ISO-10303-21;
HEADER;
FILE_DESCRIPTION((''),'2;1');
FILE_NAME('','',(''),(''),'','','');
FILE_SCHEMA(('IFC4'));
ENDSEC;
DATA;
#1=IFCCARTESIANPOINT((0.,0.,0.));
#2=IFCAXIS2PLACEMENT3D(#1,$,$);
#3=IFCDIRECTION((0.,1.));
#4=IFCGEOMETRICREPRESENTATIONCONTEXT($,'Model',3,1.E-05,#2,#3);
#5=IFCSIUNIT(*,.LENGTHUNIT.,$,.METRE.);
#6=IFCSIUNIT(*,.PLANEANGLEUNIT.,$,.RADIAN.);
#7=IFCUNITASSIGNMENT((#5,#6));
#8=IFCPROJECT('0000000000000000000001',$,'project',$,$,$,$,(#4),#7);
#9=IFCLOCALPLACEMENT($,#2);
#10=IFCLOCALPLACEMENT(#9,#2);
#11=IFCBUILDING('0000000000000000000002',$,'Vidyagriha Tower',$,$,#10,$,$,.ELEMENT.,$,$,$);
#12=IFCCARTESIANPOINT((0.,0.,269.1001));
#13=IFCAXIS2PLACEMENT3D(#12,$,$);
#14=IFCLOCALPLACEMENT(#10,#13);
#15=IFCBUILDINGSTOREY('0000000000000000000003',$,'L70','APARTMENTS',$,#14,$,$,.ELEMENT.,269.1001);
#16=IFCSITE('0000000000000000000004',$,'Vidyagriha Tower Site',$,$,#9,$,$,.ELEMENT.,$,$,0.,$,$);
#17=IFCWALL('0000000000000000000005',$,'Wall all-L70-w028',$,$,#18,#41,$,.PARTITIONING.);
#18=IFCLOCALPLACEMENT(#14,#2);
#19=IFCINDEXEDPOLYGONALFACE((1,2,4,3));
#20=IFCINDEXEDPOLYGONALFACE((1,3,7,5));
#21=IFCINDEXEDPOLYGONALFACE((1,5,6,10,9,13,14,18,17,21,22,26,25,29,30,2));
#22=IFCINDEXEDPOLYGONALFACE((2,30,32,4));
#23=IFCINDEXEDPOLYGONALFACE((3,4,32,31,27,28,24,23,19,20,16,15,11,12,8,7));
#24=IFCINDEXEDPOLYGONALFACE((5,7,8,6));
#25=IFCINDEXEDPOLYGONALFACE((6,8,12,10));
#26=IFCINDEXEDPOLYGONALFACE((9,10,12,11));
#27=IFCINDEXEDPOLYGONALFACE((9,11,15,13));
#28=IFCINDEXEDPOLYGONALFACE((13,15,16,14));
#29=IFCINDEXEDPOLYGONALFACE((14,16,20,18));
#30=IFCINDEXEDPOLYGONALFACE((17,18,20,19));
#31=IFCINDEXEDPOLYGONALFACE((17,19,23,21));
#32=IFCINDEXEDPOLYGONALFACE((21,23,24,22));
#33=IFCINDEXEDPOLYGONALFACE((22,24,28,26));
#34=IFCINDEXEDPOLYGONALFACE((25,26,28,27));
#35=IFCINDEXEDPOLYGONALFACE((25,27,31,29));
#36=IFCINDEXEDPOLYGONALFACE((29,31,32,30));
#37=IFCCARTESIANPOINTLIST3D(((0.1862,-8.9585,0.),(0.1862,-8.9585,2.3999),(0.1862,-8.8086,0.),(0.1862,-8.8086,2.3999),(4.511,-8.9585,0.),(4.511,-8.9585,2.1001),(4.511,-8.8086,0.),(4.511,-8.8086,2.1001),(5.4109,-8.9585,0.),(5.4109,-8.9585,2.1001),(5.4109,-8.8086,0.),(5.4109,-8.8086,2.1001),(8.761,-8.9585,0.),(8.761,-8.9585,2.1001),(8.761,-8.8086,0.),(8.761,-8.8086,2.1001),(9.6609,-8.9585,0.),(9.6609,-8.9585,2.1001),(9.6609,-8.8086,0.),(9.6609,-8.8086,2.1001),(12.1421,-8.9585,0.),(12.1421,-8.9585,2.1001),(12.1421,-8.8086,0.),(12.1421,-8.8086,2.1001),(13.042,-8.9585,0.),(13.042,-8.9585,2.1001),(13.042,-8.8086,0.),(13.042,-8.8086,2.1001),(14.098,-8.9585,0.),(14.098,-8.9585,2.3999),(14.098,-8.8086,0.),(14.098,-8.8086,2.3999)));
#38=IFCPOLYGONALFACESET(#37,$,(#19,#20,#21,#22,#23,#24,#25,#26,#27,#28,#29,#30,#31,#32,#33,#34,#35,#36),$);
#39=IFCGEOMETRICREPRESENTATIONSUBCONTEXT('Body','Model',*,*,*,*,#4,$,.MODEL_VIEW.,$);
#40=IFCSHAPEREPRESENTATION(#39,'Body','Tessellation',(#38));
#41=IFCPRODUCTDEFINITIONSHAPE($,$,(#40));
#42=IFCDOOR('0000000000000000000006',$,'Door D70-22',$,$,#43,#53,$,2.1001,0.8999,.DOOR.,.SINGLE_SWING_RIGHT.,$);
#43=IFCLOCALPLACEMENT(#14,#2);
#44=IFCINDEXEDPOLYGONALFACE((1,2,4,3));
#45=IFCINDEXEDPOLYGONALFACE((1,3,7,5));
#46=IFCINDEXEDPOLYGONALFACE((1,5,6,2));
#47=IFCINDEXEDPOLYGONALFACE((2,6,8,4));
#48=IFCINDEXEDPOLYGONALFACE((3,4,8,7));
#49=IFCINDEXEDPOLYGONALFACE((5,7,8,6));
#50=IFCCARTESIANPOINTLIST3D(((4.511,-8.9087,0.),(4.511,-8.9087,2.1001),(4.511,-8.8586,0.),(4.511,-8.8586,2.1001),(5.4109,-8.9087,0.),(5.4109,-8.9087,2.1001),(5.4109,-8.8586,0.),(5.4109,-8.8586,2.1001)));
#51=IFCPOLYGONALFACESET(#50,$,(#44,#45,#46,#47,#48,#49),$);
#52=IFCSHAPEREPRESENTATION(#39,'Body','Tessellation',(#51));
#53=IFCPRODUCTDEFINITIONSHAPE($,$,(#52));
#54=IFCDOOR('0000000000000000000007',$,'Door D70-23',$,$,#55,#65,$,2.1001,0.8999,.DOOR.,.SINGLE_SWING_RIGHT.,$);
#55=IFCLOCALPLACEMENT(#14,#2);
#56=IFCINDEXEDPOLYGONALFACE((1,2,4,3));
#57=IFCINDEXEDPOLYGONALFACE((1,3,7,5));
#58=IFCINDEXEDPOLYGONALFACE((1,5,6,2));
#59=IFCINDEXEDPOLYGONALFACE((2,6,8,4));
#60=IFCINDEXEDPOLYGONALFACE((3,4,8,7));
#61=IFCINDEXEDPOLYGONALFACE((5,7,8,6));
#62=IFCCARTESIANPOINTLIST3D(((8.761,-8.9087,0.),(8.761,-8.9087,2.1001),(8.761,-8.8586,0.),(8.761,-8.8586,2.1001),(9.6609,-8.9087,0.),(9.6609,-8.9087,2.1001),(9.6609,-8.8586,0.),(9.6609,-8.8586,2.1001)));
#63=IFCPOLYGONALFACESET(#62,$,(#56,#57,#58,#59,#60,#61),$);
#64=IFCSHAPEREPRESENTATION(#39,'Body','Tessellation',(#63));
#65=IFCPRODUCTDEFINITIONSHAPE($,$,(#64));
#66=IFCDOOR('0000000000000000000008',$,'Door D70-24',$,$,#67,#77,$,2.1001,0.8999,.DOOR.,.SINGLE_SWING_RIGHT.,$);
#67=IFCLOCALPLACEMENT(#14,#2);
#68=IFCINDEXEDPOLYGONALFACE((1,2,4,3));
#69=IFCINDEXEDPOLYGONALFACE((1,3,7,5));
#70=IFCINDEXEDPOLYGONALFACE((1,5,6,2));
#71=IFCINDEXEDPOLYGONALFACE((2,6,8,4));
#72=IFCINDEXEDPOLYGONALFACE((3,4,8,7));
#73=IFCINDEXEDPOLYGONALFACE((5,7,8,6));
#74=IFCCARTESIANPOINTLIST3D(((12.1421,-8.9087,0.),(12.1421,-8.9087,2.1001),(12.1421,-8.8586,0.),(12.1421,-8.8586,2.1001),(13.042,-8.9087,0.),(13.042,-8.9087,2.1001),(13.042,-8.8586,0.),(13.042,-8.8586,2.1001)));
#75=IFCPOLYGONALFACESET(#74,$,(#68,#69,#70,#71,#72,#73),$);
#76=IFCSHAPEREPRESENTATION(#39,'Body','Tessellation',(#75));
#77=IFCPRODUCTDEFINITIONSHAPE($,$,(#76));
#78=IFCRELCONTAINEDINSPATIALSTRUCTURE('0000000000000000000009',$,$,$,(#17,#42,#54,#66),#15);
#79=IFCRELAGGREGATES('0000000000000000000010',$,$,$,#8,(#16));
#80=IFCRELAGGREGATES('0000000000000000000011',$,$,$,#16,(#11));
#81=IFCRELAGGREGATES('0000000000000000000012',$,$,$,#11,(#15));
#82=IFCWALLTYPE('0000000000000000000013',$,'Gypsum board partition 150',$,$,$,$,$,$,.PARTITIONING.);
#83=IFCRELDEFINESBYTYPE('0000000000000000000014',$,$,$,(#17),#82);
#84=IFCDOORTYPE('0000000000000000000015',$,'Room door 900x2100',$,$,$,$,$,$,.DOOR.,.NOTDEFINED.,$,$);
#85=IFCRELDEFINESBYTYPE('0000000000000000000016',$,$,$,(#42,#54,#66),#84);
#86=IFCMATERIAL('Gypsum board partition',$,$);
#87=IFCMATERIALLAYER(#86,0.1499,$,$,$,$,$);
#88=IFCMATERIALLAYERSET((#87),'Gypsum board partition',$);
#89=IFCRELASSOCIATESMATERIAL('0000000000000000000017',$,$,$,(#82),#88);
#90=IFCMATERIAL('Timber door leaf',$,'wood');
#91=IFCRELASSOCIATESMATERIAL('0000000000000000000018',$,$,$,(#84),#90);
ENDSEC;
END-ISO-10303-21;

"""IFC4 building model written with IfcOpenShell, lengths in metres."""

from ifc_helpers import new_model, si_unit, direction, frame, frame_2d, origin, place, context, subcontext, project, spatial, rectangle, extrude, material, layer, layer_set, type_object, element, fill, save


model = new_model("IFC4")

# Units and contexts
model_context = context("Model", 3, precision=1e-05, world=origin(), true_north=direction((0.0, 1.0)))
body_context = subcontext(model_context, "Body", "Model", "MODEL_VIEW")
ifc_project = project(units=[si_unit("LENGTHUNIT", "METRE"), si_unit("PLANEANGLEUNIT", "RADIAN")], contexts=[model_context])

# Site, building, storey
site_placement = place(None, origin())
site = spatial("IfcSite", under=ifc_project, at=site_placement, Name="Vidyagriha Tower Site", CompositionType="ELEMENT", RefElevation=0.0)
building_placement = place(site_placement, origin())
building = spatial("IfcBuilding", under=site, at=building_placement, Name="Vidyagriha Tower", CompositionType="ELEMENT")
storey_placement = place(building_placement, frame((0.0, 0.0, 269.1001)))
storey = spatial("IfcBuildingStorey", under=building, at=storey_placement, Name="L70", Description="APARTMENTS", CompositionType="ELEMENT", Elevation=269.1001)

# Shared definitions
ifc_material_1 = material(Name="Gypsum board partition")
ifc_layer_1 = layer(ifc_material_1, 0.1499)
ifc_layer_set_1 = layer_set([ifc_layer_1], Name="Gypsum board partition")
wall_type_1 = type_object("IfcWallType", Name="Gypsum board partition 150", PredefinedType="PARTITIONING", material=ifc_layer_set_1)
ifc_material_2 = material(Name="Timber door leaf", Category="wood")
door_type_1 = type_object("IfcDoorType", Name="Room door 900x2100", OperationType="NOTDEFINED", PredefinedType="DOOR", material=ifc_material_2)

# Wall, openings, doors
wall_1_placement = place(storey_placement, frame((0.186, -8.8835, 0.0)))
wall_1 = element("IfcWall", 1, at=wall_1_placement, inside=storey, type_object=wall_type_1, Name="Wall all-L70-w028", PredefinedType="PARTITIONING", context=body_context, shape_type="SweptSolid", body=[
    extrude(rectangle(XDim=13.9119, YDim=0.1499, at=frame_2d((6.9561, 0.0))), origin(), (0.0, 0.0, 1.0), 2.3999),
])
opening_1_placement = place(wall_1_placement, frame((4.325, 0.0, 0.0)))
opening_1 = element("IfcOpeningElement", 2, at=opening_1_placement, cuts=wall_1, PredefinedType="OPENING", context=body_context, shape_type="SweptSolid", body=[
    extrude(rectangle(XDim=0.8999, YDim=2.1001, at=frame_2d((0.45, 1.05))), frame((0.0, 0.085, 0.0), z_axis=(0.0, -1.0, 0.0), x_axis=(1.0, 0.0, 0.0)), (0.0, 0.0, 1.0), 0.1699),
])
opening_2_placement = place(wall_1_placement, frame((8.575, 0.0, 0.0)))
opening_2 = element("IfcOpeningElement", 3, at=opening_2_placement, cuts=wall_1, PredefinedType="OPENING", context=body_context, shape_type="SweptSolid", body=[
    extrude(rectangle(XDim=0.8999, YDim=2.1001, at=frame_2d((0.45, 1.05))), frame((0.0, 0.085, 0.0), z_axis=(0.0, -1.0, 0.0), x_axis=(1.0, 0.0, 0.0)), (0.0, 0.0, 1.0), 0.1699),
])
opening_3_placement = place(wall_1_placement, frame((11.9561, 0.0, 0.0)))
opening_3 = element("IfcOpeningElement", 4, at=opening_3_placement, cuts=wall_1, PredefinedType="OPENING", context=body_context, shape_type="SweptSolid", body=[
    extrude(rectangle(XDim=0.8999, YDim=2.1001, at=frame_2d((0.45, 1.05))), frame((0.0, 0.085, 0.0), z_axis=(0.0, -1.0, 0.0), x_axis=(1.0, 0.0, 0.0)), (0.0, 0.0, 1.0), 0.1699),
])
door_1_placement = place(opening_1_placement, origin())
door_1 = element("IfcDoor", 5, at=door_1_placement, inside=storey, type_object=door_type_1, Name="Door D70-22", OperationType="SINGLE_SWING_RIGHT", OverallHeight=2.1001, OverallWidth=0.8999, PredefinedType="DOOR", context=body_context, shape_type="SweptSolid", body=[
    extrude(rectangle(XDim=0.8999, YDim=2.1001, at=frame_2d((0.45, 1.05))), frame((0.0, 0.0249, 0.0), z_axis=(0.0, -1.0, 0.0), x_axis=(1.0, 0.0, 0.0)), (0.0, 0.0, 1.0), 0.05),
])
fill(opening_1, door_1)
door_2_placement = place(opening_2_placement, origin())
door_2 = element("IfcDoor", 6, at=door_2_placement, inside=storey, type_object=door_type_1, Name="Door D70-23", OperationType="SINGLE_SWING_RIGHT", OverallHeight=2.1001, OverallWidth=0.8999, PredefinedType="DOOR", context=body_context, shape_type="SweptSolid", body=[
    extrude(rectangle(XDim=0.8999, YDim=2.1001, at=frame_2d((0.45, 1.05))), frame((0.0, 0.0249, 0.0), z_axis=(0.0, -1.0, 0.0), x_axis=(1.0, 0.0, 0.0)), (0.0, 0.0, 1.0), 0.05),
])
fill(opening_2, door_2)
door_3_placement = place(opening_3_placement, origin())
door_3 = element("IfcDoor", 7, at=door_3_placement, inside=storey, type_object=door_type_1, Name="Door D70-24", OperationType="SINGLE_SWING_RIGHT", OverallHeight=2.1001, OverallWidth=0.8999, PredefinedType="DOOR", context=body_context, shape_type="SweptSolid", body=[
    extrude(rectangle(XDim=0.8999, YDim=2.1001, at=frame_2d((0.45, 1.05))), frame((0.0, 0.0249, 0.0), z_axis=(0.0, -1.0, 0.0), x_axis=(1.0, 0.0, 0.0)), (0.0, 0.0, 1.0), 0.05),
])
fill(opening_3, door_3)

save(model, "model.ifc")
